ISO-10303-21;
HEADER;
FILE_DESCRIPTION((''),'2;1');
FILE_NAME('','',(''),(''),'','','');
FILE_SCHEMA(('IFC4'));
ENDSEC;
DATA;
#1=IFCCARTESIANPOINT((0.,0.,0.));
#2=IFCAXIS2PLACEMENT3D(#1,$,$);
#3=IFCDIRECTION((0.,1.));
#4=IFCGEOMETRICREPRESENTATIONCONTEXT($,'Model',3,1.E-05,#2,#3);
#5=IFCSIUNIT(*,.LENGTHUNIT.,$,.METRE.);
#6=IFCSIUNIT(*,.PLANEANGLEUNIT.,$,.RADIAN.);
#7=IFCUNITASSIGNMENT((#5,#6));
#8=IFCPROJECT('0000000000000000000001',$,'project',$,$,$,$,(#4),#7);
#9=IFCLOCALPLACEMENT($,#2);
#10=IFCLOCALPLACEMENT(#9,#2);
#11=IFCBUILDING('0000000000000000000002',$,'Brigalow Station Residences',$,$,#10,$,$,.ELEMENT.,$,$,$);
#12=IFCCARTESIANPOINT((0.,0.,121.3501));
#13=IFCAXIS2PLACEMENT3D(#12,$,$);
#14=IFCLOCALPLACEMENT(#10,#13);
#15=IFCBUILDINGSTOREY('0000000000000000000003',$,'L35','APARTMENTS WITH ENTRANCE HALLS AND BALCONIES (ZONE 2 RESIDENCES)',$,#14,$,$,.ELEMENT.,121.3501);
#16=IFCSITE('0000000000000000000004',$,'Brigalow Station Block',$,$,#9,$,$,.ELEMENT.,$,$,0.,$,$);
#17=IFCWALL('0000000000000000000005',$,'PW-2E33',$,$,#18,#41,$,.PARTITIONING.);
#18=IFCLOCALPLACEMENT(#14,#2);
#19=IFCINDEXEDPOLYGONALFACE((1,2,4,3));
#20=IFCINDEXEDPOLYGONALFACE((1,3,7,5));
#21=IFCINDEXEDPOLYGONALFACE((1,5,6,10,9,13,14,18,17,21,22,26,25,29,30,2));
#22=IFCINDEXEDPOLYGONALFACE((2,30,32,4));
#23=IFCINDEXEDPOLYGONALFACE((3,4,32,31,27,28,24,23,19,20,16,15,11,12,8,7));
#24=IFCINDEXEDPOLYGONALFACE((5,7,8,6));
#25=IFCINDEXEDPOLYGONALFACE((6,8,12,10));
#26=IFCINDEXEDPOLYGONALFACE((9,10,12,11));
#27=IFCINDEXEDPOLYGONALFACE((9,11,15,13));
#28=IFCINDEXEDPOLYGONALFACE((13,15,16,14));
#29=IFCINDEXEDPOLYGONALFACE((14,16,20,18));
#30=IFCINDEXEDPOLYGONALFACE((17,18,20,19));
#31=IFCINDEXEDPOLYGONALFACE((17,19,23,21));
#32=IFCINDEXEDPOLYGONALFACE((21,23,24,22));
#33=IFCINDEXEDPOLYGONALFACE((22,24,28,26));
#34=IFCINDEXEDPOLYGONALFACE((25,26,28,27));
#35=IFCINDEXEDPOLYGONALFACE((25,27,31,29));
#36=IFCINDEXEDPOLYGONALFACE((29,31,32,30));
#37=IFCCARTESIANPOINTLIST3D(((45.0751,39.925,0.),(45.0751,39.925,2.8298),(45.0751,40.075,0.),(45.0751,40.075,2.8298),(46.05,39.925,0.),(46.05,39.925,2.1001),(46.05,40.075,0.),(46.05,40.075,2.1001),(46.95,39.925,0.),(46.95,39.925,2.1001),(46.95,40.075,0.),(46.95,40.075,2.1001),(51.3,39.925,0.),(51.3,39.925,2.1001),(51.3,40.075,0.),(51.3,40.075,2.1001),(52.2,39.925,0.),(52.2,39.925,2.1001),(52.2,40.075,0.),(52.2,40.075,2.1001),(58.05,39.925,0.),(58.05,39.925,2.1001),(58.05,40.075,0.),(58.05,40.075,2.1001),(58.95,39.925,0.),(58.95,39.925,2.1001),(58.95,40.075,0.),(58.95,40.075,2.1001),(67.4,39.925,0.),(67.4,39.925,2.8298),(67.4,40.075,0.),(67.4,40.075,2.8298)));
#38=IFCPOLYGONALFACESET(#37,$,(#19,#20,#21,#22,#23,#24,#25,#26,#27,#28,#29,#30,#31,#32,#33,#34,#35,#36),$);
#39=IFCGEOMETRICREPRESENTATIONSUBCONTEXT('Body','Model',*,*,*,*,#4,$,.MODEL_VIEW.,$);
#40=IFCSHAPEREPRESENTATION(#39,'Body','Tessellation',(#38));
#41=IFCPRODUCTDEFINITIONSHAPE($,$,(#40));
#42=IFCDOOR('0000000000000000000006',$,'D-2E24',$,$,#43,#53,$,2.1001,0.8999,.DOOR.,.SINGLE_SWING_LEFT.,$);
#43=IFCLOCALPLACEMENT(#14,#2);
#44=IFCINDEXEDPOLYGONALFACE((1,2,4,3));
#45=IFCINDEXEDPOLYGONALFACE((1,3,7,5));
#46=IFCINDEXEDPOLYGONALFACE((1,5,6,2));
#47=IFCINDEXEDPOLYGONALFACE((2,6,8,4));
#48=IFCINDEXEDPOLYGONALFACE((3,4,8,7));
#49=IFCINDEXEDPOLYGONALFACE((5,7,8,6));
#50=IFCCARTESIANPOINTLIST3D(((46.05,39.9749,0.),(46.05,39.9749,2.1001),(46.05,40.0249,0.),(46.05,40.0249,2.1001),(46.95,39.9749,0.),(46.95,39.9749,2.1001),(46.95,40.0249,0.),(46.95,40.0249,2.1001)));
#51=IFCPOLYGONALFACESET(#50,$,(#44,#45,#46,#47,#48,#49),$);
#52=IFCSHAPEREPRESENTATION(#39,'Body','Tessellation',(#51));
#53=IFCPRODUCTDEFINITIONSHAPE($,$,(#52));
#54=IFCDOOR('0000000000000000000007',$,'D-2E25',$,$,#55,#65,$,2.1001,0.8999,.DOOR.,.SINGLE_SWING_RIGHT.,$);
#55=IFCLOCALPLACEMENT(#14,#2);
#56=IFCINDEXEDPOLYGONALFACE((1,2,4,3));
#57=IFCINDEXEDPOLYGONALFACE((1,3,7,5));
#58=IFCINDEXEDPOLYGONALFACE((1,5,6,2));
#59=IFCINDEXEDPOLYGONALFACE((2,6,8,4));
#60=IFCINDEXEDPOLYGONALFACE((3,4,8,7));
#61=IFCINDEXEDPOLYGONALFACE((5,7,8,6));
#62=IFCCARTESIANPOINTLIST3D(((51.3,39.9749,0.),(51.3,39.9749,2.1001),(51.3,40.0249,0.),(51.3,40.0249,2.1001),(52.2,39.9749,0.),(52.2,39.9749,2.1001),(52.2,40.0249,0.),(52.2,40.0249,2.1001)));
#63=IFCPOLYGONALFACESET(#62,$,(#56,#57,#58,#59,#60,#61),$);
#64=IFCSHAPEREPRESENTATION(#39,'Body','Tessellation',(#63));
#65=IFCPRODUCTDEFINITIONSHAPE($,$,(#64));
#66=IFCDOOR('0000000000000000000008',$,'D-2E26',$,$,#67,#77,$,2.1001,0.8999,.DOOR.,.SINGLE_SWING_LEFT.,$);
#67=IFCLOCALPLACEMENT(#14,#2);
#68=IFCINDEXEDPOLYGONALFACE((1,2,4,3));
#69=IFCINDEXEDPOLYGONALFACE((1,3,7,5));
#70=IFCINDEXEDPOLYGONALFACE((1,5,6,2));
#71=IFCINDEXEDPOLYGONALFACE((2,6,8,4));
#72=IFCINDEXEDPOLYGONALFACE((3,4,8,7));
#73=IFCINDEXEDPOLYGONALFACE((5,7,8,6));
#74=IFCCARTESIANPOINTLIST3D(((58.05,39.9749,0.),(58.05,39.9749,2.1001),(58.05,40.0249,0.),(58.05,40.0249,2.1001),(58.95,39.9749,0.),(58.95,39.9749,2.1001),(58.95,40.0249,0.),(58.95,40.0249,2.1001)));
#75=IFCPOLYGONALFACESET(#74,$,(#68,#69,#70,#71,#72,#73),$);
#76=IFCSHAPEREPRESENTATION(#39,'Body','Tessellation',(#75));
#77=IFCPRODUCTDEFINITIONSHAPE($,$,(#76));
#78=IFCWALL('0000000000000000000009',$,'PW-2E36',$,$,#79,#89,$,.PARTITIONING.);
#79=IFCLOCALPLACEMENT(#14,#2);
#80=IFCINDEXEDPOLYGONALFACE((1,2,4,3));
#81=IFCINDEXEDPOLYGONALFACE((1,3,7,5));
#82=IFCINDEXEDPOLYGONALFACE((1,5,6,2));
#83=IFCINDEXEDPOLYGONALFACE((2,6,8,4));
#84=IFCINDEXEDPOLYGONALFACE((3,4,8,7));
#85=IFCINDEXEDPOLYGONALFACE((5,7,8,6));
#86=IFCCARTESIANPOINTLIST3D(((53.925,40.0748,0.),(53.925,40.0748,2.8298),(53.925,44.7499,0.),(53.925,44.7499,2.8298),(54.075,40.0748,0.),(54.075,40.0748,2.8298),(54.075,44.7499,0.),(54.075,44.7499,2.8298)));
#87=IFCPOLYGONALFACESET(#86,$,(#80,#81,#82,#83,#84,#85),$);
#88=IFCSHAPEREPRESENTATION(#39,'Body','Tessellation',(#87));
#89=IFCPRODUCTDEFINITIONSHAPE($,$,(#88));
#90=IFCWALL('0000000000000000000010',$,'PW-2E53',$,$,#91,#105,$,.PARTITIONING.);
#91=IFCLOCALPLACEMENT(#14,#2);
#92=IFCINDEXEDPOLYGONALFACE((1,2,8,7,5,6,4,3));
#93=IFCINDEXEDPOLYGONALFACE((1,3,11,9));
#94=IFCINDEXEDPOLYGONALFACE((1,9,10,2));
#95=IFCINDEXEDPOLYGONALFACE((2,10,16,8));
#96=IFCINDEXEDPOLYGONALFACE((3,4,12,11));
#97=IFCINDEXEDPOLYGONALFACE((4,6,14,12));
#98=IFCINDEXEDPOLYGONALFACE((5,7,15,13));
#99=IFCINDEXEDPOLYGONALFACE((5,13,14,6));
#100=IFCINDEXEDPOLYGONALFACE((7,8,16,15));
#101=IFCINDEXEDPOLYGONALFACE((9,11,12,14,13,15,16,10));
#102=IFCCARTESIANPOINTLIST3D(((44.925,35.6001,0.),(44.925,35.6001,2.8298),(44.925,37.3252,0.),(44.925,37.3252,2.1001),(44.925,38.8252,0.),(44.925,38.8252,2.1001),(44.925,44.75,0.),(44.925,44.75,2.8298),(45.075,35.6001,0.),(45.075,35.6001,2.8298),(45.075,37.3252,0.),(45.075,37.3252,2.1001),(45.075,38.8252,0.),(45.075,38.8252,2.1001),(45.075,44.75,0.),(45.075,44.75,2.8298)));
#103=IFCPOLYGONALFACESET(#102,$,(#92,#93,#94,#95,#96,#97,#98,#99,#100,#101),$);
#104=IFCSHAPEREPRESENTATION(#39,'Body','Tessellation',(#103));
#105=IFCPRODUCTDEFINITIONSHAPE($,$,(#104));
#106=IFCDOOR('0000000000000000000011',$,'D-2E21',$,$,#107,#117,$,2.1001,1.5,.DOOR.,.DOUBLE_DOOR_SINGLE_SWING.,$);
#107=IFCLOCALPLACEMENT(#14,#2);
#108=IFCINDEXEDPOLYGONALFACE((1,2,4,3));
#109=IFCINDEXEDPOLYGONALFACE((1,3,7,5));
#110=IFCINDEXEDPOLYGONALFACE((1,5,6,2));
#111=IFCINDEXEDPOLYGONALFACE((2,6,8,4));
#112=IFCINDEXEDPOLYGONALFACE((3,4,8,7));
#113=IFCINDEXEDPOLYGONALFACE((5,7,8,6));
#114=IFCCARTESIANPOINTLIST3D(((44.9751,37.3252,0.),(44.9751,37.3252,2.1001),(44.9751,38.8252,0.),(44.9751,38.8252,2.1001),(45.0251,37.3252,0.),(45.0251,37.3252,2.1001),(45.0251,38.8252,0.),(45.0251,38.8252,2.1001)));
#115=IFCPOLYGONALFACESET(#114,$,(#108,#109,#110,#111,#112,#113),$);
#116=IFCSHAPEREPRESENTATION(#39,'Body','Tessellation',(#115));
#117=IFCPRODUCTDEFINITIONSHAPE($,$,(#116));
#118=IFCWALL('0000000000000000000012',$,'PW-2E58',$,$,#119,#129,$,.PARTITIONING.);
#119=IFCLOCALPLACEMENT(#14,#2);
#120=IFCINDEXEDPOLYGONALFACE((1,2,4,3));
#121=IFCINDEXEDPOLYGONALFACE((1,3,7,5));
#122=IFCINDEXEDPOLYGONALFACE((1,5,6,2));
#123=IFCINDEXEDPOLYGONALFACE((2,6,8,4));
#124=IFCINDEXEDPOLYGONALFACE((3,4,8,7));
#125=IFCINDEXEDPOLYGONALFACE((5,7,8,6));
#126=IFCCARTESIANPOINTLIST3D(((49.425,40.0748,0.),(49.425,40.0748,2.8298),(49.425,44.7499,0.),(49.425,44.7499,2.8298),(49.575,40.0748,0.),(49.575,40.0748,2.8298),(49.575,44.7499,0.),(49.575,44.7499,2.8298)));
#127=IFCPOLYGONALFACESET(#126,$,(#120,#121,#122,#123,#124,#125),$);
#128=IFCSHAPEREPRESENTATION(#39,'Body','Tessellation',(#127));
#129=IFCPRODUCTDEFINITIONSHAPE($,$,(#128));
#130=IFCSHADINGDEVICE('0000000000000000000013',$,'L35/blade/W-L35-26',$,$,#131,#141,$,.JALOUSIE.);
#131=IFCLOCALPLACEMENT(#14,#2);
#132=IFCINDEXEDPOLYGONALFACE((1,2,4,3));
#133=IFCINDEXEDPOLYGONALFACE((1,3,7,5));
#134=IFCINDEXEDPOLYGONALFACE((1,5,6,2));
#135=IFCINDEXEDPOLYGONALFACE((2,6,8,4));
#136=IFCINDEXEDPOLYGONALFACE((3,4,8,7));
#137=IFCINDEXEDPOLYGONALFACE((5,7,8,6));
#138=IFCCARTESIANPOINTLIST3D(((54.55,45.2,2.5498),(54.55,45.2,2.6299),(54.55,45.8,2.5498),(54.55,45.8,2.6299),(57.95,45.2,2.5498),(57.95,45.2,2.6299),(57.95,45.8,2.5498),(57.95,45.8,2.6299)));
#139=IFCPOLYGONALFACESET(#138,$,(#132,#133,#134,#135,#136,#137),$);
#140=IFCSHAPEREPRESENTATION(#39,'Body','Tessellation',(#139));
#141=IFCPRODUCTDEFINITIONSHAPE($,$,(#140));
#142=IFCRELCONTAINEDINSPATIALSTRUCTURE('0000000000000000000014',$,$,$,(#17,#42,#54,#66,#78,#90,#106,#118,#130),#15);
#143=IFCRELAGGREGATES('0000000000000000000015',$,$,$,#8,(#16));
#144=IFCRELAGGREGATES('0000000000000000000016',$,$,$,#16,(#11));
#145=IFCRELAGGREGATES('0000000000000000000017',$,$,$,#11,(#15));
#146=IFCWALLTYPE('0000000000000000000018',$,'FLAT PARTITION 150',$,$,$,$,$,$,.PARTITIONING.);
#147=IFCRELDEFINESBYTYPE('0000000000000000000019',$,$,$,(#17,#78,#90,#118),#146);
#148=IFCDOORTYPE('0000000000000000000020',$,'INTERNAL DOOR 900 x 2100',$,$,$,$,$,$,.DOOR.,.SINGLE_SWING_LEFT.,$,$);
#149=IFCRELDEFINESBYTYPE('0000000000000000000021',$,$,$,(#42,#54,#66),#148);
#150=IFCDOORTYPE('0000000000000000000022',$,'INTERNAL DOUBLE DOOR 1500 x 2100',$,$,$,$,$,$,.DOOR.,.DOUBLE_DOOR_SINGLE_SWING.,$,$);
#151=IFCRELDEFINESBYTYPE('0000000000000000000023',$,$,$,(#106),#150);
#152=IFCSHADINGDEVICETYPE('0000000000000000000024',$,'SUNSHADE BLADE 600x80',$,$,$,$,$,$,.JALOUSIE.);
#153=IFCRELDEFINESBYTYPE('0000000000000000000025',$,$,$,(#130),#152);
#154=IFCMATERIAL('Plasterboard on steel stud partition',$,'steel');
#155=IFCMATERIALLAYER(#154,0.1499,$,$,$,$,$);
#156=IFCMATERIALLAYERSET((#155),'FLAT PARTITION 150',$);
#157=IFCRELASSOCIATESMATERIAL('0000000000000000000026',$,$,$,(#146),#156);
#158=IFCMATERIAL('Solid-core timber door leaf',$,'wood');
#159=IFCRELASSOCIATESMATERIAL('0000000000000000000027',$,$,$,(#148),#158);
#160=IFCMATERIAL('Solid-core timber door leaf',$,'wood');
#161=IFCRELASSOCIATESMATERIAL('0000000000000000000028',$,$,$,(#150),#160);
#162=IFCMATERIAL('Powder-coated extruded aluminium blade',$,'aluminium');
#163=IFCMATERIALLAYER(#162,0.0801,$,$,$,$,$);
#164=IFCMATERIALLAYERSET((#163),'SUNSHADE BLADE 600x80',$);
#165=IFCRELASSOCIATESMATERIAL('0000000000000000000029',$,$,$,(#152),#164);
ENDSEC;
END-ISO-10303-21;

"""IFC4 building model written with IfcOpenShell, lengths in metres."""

from ifc_helpers import new_model, si_unit, direction, frame, frame_2d, origin, origin_2d, place, context, subcontext, project, spatial, rectangle, extrude, material, layer, layer_set, type_object, element, fill, save


model = new_model("IFC4")

# Units and contexts
model_context = context("Model", 3, precision=1e-05, world=origin(), true_north=direction((0.0, 1.0)))
body_context = subcontext(model_context, "Body", "Model", "MODEL_VIEW")
ifc_project = project(units=[si_unit("LENGTHUNIT", "METRE"), si_unit("PLANEANGLEUNIT", "RADIAN")], contexts=[model_context])

# Site, building, storey
site_placement = place(None, origin())
site = spatial("IfcSite", under=ifc_project, at=site_placement, Name="Brigalow Station Block", CompositionType="ELEMENT", RefElevation=0.0)
building_placement = place(site_placement, origin())
building = spatial("IfcBuilding", under=site, at=building_placement, Name="Brigalow Station Residences", CompositionType="ELEMENT")
storey_placement = place(building_placement, frame((0.0, 0.0, 121.3501)))
storey = spatial("IfcBuildingStorey", under=building, at=storey_placement, Name="L35", Description="APARTMENTS WITH ENTRANCE HALLS AND BALCONIES (ZONE 2 RESIDENCES)", CompositionType="ELEMENT", Elevation=121.3501)

# Wall, openings, doors
ifc_material_1 = material(Name="Plasterboard on steel stud partition", Category="steel")
ifc_layer_1 = layer(ifc_material_1, 0.1499)
ifc_layer_set_1 = layer_set([ifc_layer_1], Name="FLAT PARTITION 150")
wall_type_1 = type_object("IfcWallType", Name="FLAT PARTITION 150", PredefinedType="PARTITIONING", material=ifc_layer_set_1)
wall_1_placement = place(storey_placement, frame((45.075, 40.0, 0.0), z_axis=(0.0, 0.0, 1.0), x_axis=(1.0, 0.0, 0.0)))
wall_1 = element("IfcWall", 1, at=wall_1_placement, inside=storey, type_object=wall_type_1, Name="PW-2E33", PredefinedType="PARTITIONING", context=body_context, shape_type="SweptSolid", body=[
    extrude(rectangle(XDim=22.325, YDim=0.1499, at=frame_2d((11.1626, 0.0))), origin(), (0.0, 0.0, 1.0), 2.8298),
])
opening_1_placement = place(wall_1_placement, frame((0.9751, 0.0, 0.0)))
opening_1 = element("IfcOpeningElement", 2, at=opening_1_placement, cuts=wall_1, PredefinedType="OPENING", context=body_context, shape_type="SweptSolid", body=[
    extrude(rectangle(XDim=0.8999, YDim=2.1001, at=frame_2d((0.45, 1.05))), frame((0.0, 0.085, 0.0), z_axis=(0.0, -1.0, 0.0), x_axis=(1.0, 0.0, 0.0)), (0.0, 0.0, 1.0), 0.1699),
])
opening_2_placement = place(wall_1_placement, frame((6.2251, 0.0, 0.0)))
opening_2 = element("IfcOpeningElement", 3, at=opening_2_placement, cuts=wall_1, PredefinedType="OPENING", context=body_context, shape_type="SweptSolid", body=[
    extrude(rectangle(XDim=0.8999, YDim=2.1001, at=frame_2d((0.45, 1.05))), frame((0.0, 0.085, 0.0), z_axis=(0.0, -1.0, 0.0), x_axis=(1.0, 0.0, 0.0)), (0.0, 0.0, 1.0), 0.1699),
])
opening_3_placement = place(wall_1_placement, frame((12.9751, 0.0, 0.0)))
opening_3 = element("IfcOpeningElement", 4, at=opening_3_placement, cuts=wall_1, PredefinedType="OPENING", context=body_context, shape_type="SweptSolid", body=[
    extrude(rectangle(XDim=0.8999, YDim=2.1001, at=frame_2d((0.45, 1.05))), frame((0.0, 0.085, 0.0), z_axis=(0.0, -1.0, 0.0), x_axis=(1.0, 0.0, 0.0)), (0.0, 0.0, 1.0), 0.1699),
])
ifc_material_2 = material(Name="Solid-core timber door leaf", Category="wood")
door_type_1 = type_object("IfcDoorType", Name="INTERNAL DOOR 900 x 2100", OperationType="SINGLE_SWING_LEFT", PredefinedType="DOOR", material=ifc_material_2)
door_1_placement = place(opening_1_placement, origin())
door_1 = element("IfcDoor", 5, at=door_1_placement, inside=storey, type_object=door_type_1, Name="D-2E24", OperationType="SINGLE_SWING_LEFT", OverallHeight=2.1001, OverallWidth=0.8999, PredefinedType="DOOR", context=body_context, shape_type="SweptSolid", body=[
    extrude(rectangle(XDim=0.8999, YDim=2.1001, at=frame_2d((0.45, 1.05))), frame((0.0, 0.0249, 0.0), z_axis=(0.0, -1.0, 0.0), x_axis=(1.0, 0.0, 0.0)), (0.0, 0.0, 1.0), 0.05),
])
fill(opening_1, door_1)
door_2_placement = place(opening_2_placement, origin())
door_2 = element("IfcDoor", 6, at=door_2_placement, inside=storey, type_object=door_type_1, Name="D-2E25", OperationType="SINGLE_SWING_RIGHT", OverallHeight=2.1001, OverallWidth=0.8999, PredefinedType="DOOR", context=body_context, shape_type="SweptSolid", body=[
    extrude(rectangle(XDim=0.8999, YDim=2.1001, at=frame_2d((0.45, 1.05))), frame((0.0, 0.0249, 0.0), z_axis=(0.0, -1.0, 0.0), x_axis=(1.0, 0.0, 0.0)), (0.0, 0.0, 1.0), 0.05),
])
fill(opening_2, door_2)
door_3_placement = place(opening_3_placement, origin())
door_3 = element("IfcDoor", 7, at=door_3_placement, inside=storey, type_object=door_type_1, Name="D-2E26", OperationType="SINGLE_SWING_LEFT", OverallHeight=2.1001, OverallWidth=0.8999, PredefinedType="DOOR", context=body_context, shape_type="SweptSolid", body=[
    extrude(rectangle(XDim=0.8999, YDim=2.1001, at=frame_2d((0.45, 1.05))), frame((0.0, 0.0249, 0.0), z_axis=(0.0, -1.0, 0.0), x_axis=(1.0, 0.0, 0.0)), (0.0, 0.0, 1.0), 0.05),
])
fill(opening_3, door_3)

# Wall
wall_2_placement = place(storey_placement, frame((54.0, 40.075, 0.0), z_axis=(0.0, 0.0, 1.0), x_axis=(0.0, 1.0, 0.0)))
element("IfcWall", 8, at=wall_2_placement, inside=storey, type_object=wall_type_1, Name="PW-2E36", PredefinedType="PARTITIONING", context=body_context, shape_type="SweptSolid", body=[
    extrude(rectangle(XDim=4.675, YDim=0.1499, at=frame_2d((2.3374, 0.0))), origin(), (0.0, 0.0, 1.0), 2.8298),
])

# Wall, opening, door
wall_3_placement = place(storey_placement, frame((45.0, 35.6001, 0.0), z_axis=(0.0, 0.0, 1.0), x_axis=(0.0, 1.0, 0.0)))
wall_3 = element("IfcWall", 9, at=wall_3_placement, inside=storey, type_object=wall_type_1, Name="PW-2E53", PredefinedType="PARTITIONING", context=body_context, shape_type="SweptSolid", body=[
    extrude(rectangle(XDim=9.1499, YDim=0.1499, at=frame_2d((4.575, 0.0))), origin(), (0.0, 0.0, 1.0), 2.8298),
])
opening_4_placement = place(wall_3_placement, frame((1.7251, 0.0, 0.0)))
opening_4 = element("IfcOpeningElement", 10, at=opening_4_placement, cuts=wall_3, PredefinedType="OPENING", context=body_context, shape_type="SweptSolid", body=[
    extrude(rectangle(XDim=1.5, YDim=2.1001, at=frame_2d((0.75, 1.05))), frame((0.0, 0.085, 0.0), z_axis=(0.0, -1.0, 0.0), x_axis=(1.0, 0.0, 0.0)), (0.0, 0.0, 1.0), 0.1699),
])
ifc_material_3 = material(Name="Solid-core timber door leaf", Category="wood")
door_type_2 = type_object("IfcDoorType", Name="INTERNAL DOUBLE DOOR 1500 x 2100", OperationType="DOUBLE_DOOR_SINGLE_SWING", PredefinedType="DOOR", material=ifc_material_3)
door_4_placement = place(opening_4_placement, origin())
door_4 = element("IfcDoor", 11, at=door_4_placement, inside=storey, type_object=door_type_2, Name="D-2E21", OperationType="DOUBLE_DOOR_SINGLE_SWING", OverallHeight=2.1001, OverallWidth=1.5, PredefinedType="DOOR", context=body_context, shape_type="SweptSolid", body=[
    extrude(rectangle(XDim=1.5, YDim=2.1001, at=frame_2d((0.75, 1.05))), frame((0.0, 0.0249, 0.0), z_axis=(0.0, -1.0, 0.0), x_axis=(1.0, 0.0, 0.0)), (0.0, 0.0, 1.0), 0.05),
])
fill(opening_4, door_4)

# Wall
wall_4_placement = place(storey_placement, frame((49.5, 40.075, 0.0), z_axis=(0.0, 0.0, 1.0), x_axis=(0.0, 1.0, 0.0)))
element("IfcWall", 12, at=wall_4_placement, inside=storey, type_object=wall_type_1, Name="PW-2E58", PredefinedType="PARTITIONING", context=body_context, shape_type="SweptSolid", body=[
    extrude(rectangle(XDim=4.675, YDim=0.1499, at=frame_2d((2.3374, 0.0))), origin(), (0.0, 0.0, 1.0), 2.8298),
])

# Shading device
ifc_material_4 = material(Name="Powder-coated extruded aluminium blade", Category="aluminium")
ifc_layer_2 = layer(ifc_material_4, 0.0801)
ifc_layer_set_2 = layer_set([ifc_layer_2], Name="SUNSHADE BLADE 600x80")
shading_device_type = type_object("IfcShadingDeviceType", Name="SUNSHADE BLADE 600x80", PredefinedType="JALOUSIE", material=ifc_layer_set_2)
shading_device_placement = place(storey_placement, frame((56.25, 45.5, 2.5498), z_axis=(0.0, 0.0, 1.0), x_axis=(-1.0, 0.0, 0.0)))
element("IfcShadingDevice", 13, at=shading_device_placement, inside=storey, type_object=shading_device_type, Name="L35/blade/W-L35-26", PredefinedType="JALOUSIE", context=body_context, shape_type="SweptSolid", body=[
    extrude(rectangle(XDim=3.3999, YDim=0.6001, at=origin_2d()), origin(), (0.0, 0.0, 1.0), 0.0801),
])

save(model, "model.ifc")
